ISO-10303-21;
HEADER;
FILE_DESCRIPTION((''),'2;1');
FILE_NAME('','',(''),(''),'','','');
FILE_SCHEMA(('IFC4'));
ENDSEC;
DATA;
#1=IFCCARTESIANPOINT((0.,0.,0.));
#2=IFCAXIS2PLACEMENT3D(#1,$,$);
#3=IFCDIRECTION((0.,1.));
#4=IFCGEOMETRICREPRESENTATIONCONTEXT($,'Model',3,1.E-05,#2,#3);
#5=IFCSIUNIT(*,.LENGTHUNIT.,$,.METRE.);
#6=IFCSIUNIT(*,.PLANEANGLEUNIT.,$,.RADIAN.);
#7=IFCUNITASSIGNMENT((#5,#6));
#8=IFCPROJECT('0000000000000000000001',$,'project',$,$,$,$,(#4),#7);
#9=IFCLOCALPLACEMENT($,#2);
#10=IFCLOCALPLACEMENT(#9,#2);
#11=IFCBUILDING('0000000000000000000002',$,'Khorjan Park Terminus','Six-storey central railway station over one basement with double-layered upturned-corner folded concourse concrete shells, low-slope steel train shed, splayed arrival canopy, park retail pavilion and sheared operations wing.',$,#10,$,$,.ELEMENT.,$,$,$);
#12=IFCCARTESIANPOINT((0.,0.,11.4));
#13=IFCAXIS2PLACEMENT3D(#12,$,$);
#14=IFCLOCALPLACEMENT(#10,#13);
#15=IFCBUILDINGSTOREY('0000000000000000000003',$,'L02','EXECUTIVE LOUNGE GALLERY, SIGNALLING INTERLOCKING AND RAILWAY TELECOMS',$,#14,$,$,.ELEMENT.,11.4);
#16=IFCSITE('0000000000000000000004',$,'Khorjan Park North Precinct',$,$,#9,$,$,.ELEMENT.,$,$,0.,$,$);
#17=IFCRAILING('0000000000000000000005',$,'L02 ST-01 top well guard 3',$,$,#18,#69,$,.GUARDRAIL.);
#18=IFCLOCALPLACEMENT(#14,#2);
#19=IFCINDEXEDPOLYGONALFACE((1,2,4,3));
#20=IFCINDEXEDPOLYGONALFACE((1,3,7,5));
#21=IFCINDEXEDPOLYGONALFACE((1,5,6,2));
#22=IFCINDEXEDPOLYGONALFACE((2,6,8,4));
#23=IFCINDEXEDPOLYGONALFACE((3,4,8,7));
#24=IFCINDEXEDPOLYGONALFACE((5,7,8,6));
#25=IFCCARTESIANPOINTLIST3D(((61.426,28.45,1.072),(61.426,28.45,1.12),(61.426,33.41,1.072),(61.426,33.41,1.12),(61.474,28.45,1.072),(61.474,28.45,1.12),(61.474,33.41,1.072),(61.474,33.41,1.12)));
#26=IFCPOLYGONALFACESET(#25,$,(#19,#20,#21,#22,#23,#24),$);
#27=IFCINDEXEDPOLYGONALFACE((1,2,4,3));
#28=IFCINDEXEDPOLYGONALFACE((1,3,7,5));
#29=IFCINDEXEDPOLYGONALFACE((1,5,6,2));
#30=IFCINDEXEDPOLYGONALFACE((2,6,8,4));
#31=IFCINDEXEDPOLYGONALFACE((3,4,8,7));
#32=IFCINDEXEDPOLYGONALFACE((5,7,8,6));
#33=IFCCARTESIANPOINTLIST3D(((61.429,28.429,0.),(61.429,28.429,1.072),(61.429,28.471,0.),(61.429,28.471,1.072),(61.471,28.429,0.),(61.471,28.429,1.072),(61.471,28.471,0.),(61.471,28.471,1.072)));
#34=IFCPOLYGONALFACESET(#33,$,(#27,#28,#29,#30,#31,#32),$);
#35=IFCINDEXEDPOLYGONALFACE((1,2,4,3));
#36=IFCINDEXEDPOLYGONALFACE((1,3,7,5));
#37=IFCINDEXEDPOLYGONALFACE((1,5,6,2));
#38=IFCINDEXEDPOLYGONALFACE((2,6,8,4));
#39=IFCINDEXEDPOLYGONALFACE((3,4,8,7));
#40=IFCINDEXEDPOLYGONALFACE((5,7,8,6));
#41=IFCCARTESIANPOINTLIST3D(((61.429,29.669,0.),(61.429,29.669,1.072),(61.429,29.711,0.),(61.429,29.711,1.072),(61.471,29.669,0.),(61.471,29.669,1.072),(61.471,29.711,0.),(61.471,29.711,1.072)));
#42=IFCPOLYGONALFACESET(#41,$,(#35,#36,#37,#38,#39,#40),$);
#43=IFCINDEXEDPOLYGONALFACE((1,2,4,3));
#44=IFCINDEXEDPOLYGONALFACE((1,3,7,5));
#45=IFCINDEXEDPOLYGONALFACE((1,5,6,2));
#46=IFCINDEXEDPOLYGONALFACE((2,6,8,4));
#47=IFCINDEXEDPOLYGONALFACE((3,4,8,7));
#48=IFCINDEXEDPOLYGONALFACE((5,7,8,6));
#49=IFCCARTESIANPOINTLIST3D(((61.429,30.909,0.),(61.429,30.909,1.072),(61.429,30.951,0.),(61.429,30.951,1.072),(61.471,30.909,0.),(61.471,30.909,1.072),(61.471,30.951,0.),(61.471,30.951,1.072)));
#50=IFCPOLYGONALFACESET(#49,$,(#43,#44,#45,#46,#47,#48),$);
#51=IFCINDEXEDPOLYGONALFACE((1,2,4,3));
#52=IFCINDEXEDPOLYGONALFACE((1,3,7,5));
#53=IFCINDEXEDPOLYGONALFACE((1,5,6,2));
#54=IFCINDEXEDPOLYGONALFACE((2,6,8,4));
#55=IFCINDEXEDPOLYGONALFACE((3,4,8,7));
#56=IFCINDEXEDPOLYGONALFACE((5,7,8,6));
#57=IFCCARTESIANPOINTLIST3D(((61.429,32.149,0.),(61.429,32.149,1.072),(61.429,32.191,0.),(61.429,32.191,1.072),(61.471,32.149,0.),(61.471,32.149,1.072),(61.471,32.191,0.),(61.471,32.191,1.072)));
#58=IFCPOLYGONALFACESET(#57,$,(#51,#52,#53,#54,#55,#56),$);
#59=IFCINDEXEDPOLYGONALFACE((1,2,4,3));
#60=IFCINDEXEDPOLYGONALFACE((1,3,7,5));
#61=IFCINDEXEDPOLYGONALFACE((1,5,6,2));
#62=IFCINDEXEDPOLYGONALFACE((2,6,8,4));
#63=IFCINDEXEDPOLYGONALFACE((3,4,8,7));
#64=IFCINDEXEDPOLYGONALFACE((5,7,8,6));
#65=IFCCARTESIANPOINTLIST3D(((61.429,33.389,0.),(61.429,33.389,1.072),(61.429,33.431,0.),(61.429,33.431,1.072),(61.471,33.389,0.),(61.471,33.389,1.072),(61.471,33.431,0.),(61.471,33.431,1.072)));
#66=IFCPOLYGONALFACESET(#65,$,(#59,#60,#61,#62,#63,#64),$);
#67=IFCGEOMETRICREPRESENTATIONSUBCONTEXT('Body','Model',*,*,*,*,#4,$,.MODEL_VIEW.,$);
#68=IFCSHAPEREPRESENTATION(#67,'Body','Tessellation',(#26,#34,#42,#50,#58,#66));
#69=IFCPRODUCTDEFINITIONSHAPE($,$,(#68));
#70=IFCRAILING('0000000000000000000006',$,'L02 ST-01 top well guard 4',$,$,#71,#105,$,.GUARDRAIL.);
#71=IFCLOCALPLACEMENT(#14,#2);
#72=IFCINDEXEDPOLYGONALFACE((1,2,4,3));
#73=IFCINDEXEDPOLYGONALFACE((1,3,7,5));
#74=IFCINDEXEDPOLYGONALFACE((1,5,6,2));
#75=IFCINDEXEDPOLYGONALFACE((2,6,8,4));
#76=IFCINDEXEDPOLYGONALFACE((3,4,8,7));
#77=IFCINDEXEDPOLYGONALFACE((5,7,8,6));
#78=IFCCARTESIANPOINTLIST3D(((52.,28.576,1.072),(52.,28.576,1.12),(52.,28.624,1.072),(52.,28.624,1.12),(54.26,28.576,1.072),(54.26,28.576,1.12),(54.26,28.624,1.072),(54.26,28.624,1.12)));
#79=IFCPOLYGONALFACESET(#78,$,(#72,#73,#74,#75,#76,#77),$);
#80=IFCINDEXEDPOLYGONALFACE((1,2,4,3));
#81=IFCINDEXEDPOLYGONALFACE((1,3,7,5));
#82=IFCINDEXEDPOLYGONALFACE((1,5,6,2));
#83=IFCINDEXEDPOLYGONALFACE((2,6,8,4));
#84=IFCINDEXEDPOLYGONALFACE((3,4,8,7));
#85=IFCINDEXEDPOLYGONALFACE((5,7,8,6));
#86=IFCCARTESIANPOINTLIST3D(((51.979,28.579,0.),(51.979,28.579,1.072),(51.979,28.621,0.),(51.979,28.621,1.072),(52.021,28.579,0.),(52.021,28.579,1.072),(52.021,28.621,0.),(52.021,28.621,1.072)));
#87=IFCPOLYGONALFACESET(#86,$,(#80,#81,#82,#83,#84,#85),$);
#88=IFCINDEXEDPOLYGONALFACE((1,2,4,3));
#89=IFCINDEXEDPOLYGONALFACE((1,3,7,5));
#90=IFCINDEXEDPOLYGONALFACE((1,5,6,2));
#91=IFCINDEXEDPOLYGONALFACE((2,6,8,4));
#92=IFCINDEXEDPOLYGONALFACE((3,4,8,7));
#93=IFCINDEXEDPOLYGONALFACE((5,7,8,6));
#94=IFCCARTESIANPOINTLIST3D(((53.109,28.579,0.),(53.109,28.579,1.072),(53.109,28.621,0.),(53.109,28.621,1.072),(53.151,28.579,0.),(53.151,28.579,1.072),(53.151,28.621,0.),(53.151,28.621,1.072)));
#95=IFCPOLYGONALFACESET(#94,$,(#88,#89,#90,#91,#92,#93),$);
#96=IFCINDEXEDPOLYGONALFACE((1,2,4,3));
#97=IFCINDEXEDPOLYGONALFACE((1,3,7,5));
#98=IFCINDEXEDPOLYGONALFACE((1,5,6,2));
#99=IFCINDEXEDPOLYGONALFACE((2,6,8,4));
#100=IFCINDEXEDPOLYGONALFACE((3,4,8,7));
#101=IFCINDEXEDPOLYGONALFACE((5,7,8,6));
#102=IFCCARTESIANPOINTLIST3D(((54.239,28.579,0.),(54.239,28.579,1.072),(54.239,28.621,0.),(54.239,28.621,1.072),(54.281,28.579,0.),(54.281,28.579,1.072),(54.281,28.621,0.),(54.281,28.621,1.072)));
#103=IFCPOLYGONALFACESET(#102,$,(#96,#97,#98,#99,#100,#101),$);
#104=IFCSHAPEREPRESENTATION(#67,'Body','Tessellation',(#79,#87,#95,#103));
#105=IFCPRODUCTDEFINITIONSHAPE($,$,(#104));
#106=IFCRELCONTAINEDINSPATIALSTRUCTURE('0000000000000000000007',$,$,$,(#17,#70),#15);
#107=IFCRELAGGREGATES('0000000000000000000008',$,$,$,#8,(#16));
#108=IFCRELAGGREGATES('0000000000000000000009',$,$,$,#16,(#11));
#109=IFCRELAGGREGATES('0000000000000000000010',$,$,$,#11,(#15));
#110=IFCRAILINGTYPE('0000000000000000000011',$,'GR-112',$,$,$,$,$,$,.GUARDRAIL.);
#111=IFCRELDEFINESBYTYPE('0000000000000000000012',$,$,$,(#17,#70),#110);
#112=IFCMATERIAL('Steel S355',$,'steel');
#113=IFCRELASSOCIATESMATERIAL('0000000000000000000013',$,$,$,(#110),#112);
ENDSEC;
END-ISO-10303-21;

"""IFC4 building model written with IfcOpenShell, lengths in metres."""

from ifc_helpers import new_model, si_unit, direction, frame, origin, origin_2d, place, context, subcontext, project, spatial, rectangle, extrude, material, type_object, element, save


model = new_model("IFC4")

# Units and contexts
model_context = context("Model", 3, precision=1e-05, world=origin(), true_north=direction((0.0, 1.0)))
body_context = subcontext(model_context, "Body", "Model", "MODEL_VIEW")
ifc_project = project(units=[si_unit("LENGTHUNIT", "METRE"), si_unit("PLANEANGLEUNIT", "RADIAN")], contexts=[model_context])

# Site, building, storey
site_placement = place(None, origin())
site = spatial("IfcSite", under=ifc_project, at=site_placement, Name="Khorjan Park North Precinct", CompositionType="ELEMENT", RefElevation=0.0)
building_placement = place(site_placement, origin())
building = spatial("IfcBuilding", under=site, at=building_placement, Name="Khorjan Park Terminus", Description="Six-storey central railway station over one basement with double-layered upturned-corner folded concourse concrete shells, low-slope steel train shed, splayed arrival canopy, park retail pavilion and sheared operations wing.", CompositionType="ELEMENT")
storey_placement = place(building_placement, frame((0.0, 0.0, 11.4)))
storey = spatial("IfcBuildingStorey", under=building, at=storey_placement, Name="L02", Description="EXECUTIVE LOUNGE GALLERY, SIGNALLING INTERLOCKING AND RAILWAY TELECOMS", CompositionType="ELEMENT", Elevation=11.4)

# Shared definitions
ifc_material_1 = material(Name="Steel S355", Category="steel")

# Railings
railing_type = type_object("IfcRailingType", Name="GR-112", PredefinedType="GUARDRAIL", material=ifc_material_1)
railing_1_placement = place(storey_placement, frame((61.45, 28.45, 0.0)))
element("IfcRailing", 1, at=railing_1_placement, inside=storey, type_object=railing_type, Name="L02 ST-01 top well guard 3", PredefinedType="GUARDRAIL", context=body_context, shape_type="SweptSolid", body=[
    extrude(rectangle(XDim=0.048, YDim=0.048, at=origin_2d()), frame((0.0, 0.0, 1.096), z_axis=(0.0, 1.0, 0.0), x_axis=(-1.0, 0.0, 0.0)), (0.0, 0.0, 1.0), 4.96),
    extrude(rectangle(XDim=0.042, YDim=0.042, at=origin_2d()), origin(), (0.0, 0.0, 1.0), 1.072),
    extrude(rectangle(XDim=0.042, YDim=0.042, at=origin_2d()), frame((0.0, 1.24, 0.0)), (0.0, 0.0, 1.0), 1.072),
    extrude(rectangle(XDim=0.042, YDim=0.042, at=origin_2d()), frame((0.0, 2.48, 0.0)), (0.0, 0.0, 1.0), 1.072),
    extrude(rectangle(XDim=0.042, YDim=0.042, at=origin_2d()), frame((0.0, 3.72, 0.0)), (0.0, 0.0, 1.0), 1.072),
    extrude(rectangle(XDim=0.042, YDim=0.042, at=origin_2d()), frame((0.0, 4.96, 0.0)), (0.0, 0.0, 1.0), 1.072),
])
railing_2_placement = place(storey_placement, frame((52.0, 28.6, 0.0)))
element("IfcRailing", 2, at=railing_2_placement, inside=storey, type_object=railing_type, Name="L02 ST-01 top well guard 4", PredefinedType="GUARDRAIL", context=body_context, shape_type="SweptSolid", body=[
    extrude(rectangle(XDim=0.048, YDim=0.048, at=origin_2d()), frame((0.0, 0.0, 1.096), z_axis=(1.0, 0.0, 0.0), x_axis=(0.0, 1.0, 0.0)), (0.0, 0.0, 1.0), 2.26),
    extrude(rectangle(XDim=0.042, YDim=0.042, at=origin_2d()), origin(), (0.0, 0.0, 1.0), 1.072),
    extrude(rectangle(XDim=0.042, YDim=0.042, at=origin_2d()), frame((1.13, 0.0, 0.0)), (0.0, 0.0, 1.0), 1.072),
    extrude(rectangle(XDim=0.042, YDim=0.042, at=origin_2d()), frame((2.26, 0.0, 0.0)), (0.0, 0.0, 1.0), 1.072),
])

save(model, "model.ifc")
